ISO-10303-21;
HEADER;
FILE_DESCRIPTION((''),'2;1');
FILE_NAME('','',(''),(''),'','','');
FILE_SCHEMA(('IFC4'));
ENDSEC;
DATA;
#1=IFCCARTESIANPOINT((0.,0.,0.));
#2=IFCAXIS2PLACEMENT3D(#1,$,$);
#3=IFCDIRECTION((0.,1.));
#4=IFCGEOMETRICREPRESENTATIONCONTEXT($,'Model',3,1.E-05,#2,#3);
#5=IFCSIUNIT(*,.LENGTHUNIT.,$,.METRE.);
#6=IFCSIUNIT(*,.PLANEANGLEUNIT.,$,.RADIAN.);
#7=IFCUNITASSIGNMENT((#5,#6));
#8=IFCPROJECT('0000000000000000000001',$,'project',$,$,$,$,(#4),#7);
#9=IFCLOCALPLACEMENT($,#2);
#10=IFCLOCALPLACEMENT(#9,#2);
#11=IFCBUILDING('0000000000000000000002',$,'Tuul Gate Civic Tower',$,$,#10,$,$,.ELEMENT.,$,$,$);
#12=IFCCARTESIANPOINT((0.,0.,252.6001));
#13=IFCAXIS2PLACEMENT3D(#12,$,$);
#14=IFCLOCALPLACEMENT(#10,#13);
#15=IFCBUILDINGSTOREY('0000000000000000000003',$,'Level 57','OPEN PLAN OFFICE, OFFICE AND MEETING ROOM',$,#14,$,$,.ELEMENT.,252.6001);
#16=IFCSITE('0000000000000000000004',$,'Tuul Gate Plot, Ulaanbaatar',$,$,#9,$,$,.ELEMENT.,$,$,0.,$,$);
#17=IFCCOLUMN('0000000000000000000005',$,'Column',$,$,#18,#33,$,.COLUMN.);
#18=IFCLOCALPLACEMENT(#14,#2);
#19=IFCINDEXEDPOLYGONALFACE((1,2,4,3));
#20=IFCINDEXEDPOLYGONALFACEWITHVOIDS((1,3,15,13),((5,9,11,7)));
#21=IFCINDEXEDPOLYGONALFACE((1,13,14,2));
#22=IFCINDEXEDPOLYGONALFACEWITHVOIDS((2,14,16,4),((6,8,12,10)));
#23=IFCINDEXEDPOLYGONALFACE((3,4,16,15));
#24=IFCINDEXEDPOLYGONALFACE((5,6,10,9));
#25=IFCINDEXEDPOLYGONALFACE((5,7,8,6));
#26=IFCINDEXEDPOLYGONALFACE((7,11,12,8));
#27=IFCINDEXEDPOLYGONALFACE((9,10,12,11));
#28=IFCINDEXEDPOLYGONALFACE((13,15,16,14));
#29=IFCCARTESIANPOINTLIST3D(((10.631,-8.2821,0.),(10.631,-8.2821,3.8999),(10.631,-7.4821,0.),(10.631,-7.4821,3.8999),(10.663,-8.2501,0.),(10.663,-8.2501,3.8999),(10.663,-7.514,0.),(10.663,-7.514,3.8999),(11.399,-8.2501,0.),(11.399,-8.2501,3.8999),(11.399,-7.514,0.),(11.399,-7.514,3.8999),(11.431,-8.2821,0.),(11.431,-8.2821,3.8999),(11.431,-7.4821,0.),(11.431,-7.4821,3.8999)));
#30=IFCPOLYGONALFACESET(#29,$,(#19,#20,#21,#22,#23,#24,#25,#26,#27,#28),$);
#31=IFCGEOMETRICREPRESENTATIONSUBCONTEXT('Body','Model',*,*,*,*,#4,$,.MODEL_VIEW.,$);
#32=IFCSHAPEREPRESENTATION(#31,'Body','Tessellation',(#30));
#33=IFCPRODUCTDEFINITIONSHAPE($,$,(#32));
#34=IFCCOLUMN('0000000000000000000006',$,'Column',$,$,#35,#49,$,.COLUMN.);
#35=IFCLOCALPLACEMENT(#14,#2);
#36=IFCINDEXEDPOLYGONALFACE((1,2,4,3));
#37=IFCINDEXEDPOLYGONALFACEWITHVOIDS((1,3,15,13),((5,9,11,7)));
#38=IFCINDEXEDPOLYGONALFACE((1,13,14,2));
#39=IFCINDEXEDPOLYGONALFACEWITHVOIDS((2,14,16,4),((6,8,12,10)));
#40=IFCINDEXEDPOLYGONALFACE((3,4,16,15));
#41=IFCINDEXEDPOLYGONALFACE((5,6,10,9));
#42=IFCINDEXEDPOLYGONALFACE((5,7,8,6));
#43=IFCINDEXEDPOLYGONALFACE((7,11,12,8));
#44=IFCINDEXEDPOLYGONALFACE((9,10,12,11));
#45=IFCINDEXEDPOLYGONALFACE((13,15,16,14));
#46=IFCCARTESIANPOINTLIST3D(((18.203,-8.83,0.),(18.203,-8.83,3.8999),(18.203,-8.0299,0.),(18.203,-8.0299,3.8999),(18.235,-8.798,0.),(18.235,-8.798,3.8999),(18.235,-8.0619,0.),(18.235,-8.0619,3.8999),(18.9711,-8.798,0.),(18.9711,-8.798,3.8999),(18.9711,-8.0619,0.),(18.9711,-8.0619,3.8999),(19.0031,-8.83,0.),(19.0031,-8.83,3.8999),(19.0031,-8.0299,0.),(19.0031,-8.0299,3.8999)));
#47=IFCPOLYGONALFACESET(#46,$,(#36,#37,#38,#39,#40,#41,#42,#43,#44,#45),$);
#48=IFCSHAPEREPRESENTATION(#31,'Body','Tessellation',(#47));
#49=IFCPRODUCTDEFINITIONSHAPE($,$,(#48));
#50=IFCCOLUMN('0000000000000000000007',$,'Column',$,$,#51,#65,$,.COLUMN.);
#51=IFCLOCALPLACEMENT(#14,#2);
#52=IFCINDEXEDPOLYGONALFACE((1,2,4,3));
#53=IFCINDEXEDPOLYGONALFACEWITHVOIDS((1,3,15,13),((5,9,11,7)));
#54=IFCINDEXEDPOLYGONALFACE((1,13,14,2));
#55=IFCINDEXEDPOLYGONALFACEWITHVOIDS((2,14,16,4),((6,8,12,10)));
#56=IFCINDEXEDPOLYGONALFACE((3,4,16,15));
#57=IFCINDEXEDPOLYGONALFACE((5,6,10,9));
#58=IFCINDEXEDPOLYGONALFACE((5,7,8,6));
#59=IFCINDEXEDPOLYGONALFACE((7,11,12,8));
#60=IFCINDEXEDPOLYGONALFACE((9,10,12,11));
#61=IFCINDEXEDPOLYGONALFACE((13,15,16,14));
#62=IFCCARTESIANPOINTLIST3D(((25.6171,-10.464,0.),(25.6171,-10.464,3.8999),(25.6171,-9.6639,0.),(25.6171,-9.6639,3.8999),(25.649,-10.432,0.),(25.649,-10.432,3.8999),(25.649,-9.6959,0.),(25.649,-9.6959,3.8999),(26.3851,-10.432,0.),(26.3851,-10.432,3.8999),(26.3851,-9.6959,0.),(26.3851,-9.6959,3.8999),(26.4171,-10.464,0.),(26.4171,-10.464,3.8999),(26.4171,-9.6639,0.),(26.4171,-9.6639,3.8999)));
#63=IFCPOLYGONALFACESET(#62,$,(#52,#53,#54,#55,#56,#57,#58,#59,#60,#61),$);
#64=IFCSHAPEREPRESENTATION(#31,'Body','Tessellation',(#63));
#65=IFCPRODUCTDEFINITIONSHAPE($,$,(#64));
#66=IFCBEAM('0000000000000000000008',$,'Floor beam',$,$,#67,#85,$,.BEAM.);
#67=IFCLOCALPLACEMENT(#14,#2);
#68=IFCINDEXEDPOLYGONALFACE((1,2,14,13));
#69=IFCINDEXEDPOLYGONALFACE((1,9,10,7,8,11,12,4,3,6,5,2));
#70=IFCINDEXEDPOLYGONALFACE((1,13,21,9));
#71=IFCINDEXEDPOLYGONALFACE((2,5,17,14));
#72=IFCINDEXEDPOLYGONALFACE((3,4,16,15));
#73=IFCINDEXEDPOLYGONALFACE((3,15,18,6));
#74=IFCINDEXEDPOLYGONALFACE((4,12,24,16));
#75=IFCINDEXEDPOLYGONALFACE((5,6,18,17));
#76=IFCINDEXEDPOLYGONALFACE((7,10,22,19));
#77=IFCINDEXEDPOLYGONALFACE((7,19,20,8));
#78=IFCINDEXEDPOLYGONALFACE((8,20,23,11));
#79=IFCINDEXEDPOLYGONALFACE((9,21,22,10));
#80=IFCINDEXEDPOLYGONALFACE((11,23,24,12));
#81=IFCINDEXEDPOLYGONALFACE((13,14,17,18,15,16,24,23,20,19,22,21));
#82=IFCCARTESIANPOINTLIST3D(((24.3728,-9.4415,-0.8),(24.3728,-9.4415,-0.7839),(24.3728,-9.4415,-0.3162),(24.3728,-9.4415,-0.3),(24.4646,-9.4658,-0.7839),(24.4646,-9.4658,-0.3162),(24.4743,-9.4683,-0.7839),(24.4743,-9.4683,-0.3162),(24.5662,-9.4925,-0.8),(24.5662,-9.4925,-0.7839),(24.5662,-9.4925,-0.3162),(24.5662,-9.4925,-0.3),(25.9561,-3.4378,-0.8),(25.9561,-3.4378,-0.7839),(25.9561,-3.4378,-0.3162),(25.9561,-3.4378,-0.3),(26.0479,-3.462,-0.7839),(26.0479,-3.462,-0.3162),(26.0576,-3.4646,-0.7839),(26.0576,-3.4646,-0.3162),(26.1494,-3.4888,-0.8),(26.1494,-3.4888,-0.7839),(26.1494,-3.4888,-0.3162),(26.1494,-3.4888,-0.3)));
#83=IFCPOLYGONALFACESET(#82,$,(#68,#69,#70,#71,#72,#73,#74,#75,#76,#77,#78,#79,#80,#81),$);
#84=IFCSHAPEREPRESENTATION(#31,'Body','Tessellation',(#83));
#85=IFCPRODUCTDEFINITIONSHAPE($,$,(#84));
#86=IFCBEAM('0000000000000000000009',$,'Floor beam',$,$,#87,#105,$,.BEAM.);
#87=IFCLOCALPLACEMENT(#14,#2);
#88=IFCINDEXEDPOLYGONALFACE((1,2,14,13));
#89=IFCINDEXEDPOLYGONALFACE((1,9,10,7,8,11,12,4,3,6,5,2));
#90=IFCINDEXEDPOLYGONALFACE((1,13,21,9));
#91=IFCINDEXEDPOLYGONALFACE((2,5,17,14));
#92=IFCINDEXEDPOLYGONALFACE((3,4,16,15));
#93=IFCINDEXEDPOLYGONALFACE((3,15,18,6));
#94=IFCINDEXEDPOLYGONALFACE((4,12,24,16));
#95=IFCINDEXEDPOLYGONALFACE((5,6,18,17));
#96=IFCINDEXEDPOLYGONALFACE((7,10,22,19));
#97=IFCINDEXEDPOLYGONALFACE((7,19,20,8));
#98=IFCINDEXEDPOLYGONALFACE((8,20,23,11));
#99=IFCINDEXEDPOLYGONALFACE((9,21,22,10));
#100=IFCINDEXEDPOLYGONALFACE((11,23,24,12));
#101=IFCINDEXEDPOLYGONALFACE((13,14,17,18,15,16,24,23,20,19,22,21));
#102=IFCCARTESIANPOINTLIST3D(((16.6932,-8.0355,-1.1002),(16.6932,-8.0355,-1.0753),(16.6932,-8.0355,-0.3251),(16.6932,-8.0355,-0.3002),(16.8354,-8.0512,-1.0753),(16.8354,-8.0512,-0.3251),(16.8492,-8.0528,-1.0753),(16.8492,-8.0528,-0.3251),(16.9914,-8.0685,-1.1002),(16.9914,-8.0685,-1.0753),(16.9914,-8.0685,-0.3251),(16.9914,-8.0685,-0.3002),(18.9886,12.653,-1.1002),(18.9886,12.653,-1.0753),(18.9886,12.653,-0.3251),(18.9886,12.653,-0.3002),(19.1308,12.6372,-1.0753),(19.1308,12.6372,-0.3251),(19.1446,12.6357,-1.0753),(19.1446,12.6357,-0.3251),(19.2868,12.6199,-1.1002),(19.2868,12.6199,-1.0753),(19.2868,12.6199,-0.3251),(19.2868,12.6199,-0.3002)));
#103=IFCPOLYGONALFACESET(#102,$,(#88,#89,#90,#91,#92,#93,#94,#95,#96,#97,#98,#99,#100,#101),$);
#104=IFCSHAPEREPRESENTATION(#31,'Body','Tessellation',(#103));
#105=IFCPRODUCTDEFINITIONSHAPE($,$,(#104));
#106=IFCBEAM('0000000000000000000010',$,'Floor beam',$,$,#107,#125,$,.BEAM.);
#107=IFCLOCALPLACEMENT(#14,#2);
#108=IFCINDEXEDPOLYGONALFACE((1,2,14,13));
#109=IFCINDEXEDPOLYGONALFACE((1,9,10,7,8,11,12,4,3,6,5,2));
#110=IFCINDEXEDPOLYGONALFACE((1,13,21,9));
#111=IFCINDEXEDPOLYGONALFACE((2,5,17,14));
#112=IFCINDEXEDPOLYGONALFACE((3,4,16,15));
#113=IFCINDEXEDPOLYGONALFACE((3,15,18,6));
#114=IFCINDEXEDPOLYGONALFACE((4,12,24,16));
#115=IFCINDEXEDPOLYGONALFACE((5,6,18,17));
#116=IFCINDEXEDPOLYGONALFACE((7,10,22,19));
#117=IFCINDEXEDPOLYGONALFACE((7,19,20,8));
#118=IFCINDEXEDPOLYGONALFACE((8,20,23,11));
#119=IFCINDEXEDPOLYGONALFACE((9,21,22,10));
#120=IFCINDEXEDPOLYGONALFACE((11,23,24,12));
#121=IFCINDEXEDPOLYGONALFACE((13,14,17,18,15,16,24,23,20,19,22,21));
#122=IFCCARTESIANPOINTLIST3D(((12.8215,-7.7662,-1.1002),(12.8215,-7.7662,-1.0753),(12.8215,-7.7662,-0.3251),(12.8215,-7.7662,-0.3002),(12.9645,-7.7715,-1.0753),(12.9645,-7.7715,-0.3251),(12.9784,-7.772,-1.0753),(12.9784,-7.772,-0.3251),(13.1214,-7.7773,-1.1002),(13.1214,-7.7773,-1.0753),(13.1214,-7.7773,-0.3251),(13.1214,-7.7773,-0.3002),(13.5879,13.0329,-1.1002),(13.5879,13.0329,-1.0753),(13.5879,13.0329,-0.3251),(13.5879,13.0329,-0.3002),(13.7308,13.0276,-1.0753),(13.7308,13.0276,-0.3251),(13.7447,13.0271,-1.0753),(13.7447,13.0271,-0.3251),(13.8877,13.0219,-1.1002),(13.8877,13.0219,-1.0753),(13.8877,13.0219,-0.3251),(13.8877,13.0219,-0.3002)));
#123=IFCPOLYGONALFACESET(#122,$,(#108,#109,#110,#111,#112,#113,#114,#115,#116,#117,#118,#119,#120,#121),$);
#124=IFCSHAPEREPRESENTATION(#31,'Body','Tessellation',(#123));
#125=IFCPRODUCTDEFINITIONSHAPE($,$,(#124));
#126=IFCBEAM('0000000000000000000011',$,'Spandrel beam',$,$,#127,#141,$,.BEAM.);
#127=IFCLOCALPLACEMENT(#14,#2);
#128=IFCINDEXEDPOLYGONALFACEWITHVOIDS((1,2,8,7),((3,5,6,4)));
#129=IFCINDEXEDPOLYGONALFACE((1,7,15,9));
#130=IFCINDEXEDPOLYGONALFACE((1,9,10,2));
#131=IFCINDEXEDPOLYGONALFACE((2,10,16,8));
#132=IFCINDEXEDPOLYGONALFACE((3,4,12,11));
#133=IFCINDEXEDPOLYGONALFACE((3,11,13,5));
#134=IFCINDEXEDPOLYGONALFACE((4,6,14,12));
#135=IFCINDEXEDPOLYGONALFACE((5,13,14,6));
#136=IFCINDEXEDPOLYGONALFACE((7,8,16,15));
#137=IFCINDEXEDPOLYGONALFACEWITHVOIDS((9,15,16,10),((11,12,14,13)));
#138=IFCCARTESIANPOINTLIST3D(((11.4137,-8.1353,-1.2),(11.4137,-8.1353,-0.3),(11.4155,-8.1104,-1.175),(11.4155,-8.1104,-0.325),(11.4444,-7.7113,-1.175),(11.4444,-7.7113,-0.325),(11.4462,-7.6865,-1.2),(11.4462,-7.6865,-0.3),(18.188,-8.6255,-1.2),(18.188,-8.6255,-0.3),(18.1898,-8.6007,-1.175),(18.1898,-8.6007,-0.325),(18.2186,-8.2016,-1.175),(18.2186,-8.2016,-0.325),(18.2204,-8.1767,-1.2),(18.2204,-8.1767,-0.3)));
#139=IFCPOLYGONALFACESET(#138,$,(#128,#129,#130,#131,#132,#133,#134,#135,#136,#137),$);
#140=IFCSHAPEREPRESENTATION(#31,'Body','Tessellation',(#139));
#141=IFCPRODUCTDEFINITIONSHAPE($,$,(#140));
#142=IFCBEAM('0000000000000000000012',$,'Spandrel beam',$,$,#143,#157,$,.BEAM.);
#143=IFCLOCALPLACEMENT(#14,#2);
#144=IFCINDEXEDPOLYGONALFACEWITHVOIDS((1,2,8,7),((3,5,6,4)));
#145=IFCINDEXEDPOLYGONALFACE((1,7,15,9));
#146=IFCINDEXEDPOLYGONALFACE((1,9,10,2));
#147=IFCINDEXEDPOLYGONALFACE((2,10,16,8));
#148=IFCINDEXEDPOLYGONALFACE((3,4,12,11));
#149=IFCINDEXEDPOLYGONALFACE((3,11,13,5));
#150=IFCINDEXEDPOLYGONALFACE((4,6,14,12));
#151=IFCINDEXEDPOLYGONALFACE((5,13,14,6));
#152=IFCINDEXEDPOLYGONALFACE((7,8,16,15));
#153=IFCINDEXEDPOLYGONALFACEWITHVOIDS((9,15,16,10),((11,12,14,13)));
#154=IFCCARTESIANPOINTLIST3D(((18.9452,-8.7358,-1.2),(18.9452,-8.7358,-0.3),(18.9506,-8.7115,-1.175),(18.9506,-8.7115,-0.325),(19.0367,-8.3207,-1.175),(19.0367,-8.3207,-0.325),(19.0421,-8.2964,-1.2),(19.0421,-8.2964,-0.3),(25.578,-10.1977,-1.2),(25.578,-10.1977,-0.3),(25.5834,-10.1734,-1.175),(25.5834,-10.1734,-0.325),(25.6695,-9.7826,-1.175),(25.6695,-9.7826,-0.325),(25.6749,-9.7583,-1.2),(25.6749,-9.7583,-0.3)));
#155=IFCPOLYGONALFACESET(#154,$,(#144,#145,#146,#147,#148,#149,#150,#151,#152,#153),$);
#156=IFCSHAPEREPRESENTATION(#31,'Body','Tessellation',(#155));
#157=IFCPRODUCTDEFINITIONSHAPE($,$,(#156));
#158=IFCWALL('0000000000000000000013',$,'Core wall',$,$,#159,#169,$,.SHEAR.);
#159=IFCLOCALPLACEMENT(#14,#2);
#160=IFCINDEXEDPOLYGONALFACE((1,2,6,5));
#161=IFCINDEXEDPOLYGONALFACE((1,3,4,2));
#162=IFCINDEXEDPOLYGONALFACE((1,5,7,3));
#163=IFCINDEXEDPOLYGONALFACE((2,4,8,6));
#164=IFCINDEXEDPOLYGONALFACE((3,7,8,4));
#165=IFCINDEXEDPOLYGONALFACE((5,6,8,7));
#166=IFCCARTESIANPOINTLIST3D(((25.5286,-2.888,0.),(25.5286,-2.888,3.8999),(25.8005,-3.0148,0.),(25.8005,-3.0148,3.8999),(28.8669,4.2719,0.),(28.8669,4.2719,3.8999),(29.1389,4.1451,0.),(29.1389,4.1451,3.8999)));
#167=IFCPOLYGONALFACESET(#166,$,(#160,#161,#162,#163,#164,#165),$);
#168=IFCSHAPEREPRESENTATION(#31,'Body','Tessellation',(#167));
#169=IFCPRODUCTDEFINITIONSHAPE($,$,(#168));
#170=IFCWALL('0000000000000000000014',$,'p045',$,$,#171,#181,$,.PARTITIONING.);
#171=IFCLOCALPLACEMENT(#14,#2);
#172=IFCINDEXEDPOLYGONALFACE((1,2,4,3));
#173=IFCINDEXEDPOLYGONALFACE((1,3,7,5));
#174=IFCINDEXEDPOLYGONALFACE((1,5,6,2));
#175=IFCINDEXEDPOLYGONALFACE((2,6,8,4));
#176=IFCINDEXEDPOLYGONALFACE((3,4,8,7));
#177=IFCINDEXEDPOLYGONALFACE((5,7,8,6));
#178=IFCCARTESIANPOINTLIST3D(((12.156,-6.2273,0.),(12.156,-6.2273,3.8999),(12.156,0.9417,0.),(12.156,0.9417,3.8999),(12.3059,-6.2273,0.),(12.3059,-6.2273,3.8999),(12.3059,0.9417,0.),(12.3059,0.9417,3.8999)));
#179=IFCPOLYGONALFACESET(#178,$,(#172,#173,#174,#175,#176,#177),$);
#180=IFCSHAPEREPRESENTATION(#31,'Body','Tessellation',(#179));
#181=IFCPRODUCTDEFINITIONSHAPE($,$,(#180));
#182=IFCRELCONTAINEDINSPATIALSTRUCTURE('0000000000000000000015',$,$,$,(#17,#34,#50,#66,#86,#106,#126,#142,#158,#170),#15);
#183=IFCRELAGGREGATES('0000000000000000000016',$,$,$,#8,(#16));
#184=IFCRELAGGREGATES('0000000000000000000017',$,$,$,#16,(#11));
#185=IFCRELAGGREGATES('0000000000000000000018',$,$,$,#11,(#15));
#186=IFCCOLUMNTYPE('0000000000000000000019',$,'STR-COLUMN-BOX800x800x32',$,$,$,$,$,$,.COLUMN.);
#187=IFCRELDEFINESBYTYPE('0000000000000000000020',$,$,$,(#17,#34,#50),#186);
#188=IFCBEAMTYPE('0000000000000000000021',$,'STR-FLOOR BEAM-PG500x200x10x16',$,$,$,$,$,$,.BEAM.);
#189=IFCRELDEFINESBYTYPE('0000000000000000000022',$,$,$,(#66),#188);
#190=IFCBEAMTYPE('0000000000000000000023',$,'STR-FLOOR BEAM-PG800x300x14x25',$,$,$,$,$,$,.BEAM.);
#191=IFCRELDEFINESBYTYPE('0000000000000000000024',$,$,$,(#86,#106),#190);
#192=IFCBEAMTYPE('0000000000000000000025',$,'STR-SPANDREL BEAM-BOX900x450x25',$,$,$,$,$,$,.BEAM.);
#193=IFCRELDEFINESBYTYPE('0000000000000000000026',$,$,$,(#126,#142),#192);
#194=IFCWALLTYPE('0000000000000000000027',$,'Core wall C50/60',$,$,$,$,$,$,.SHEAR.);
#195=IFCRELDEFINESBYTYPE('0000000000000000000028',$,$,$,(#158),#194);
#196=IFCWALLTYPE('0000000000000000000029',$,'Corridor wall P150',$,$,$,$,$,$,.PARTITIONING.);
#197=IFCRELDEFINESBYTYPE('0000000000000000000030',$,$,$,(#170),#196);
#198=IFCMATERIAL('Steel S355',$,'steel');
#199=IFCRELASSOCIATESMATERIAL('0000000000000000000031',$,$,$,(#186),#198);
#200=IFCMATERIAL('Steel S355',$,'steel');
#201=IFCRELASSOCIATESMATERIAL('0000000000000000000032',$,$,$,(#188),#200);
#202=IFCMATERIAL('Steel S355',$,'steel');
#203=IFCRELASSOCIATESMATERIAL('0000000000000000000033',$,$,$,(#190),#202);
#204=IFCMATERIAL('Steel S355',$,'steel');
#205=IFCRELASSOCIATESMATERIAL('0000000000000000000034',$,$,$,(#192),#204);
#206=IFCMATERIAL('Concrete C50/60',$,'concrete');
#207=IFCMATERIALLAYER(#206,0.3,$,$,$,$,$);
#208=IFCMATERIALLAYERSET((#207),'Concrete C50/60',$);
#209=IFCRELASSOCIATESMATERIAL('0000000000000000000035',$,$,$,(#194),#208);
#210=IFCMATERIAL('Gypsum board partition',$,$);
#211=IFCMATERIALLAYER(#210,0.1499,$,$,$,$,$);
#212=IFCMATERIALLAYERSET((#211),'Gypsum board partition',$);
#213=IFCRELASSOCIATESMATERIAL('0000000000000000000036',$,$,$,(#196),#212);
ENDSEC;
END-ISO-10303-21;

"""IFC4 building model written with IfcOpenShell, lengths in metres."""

from ifc_helpers import new_model, si_unit, direction, frame, frame_2d, origin, origin_2d, place, context, subcontext, project, spatial, rectangle, hollow_rectangle, i_section, extrude, material, layer, layer_set, material_profile, profile_set, type_object, element, save


model = new_model("IFC4")

# Units and contexts
model_context = context("Model", 3, precision=1e-05, world=origin(), true_north=direction((0.0, 1.0)))
body_context = subcontext(model_context, "Body", "Model", "MODEL_VIEW")
ifc_project = project(units=[si_unit("LENGTHUNIT", "METRE"), si_unit("PLANEANGLEUNIT", "RADIAN")], contexts=[model_context])

# Site, building, storey
site_placement = place(None, origin())
site = spatial("IfcSite", under=ifc_project, at=site_placement, Name="Tuul Gate Plot, Ulaanbaatar", CompositionType="ELEMENT", RefElevation=0.0)
building_placement = place(site_placement, origin())
building = spatial("IfcBuilding", under=site, at=building_placement, Name="Tuul Gate Civic Tower", CompositionType="ELEMENT")
storey_placement = place(building_placement, frame((0.0, 0.0, 252.6001)))
storey = spatial("IfcBuildingStorey", under=building, at=storey_placement, Name="Level 57", Description="OPEN PLAN OFFICE, OFFICE AND MEETING ROOM", CompositionType="ELEMENT", Elevation=252.6001)

# Columns
ifc_material_1 = material(Name="Steel S355", Category="steel")
ifc_material_profile_1 = material_profile(ifc_material_1, hollow_rectangle(XDim=0.8, YDim=0.8, WallThickness=0.032, at=origin_2d()), Name="BOX800x800x32")
ifc_profile_set_1 = profile_set([ifc_material_profile_1], Name="Steel S355")
column_type = type_object("IfcColumnType", Name="STR-COLUMN-BOX800x800x32", PredefinedType="COLUMN", material=ifc_profile_set_1)
for number, where, z_axis, x_axis, name in (
    (1, (11.031, -7.8821, 0.0), (0.0, 0.0, 1.0), (1.0, 0.0, 0.0), "Column"),
    (2, (18.603, -8.4299, 0.0), (0.0, 0.0, 1.0), (1.0, 0.0, 0.0), "Column"),
    (3, (26.0171, -10.064, 0.0), (0.0, 0.0, 1.0), (1.0, 0.0, 0.0), "Column"),
):
    element("IfcColumn", number, at=place(storey_placement, frame(where, z_axis=z_axis, x_axis=x_axis)), inside=storey, type_object=column_type, Name=name, PredefinedType="COLUMN", context=body_context, shape_type="SweptSolid", body=[
        extrude(hollow_rectangle(XDim=0.8, YDim=0.8, WallThickness=0.032, at=origin_2d()), origin(), (0.0, 0.0, 1.0), 3.8999),
    ])

# Beams
ifc_material_2 = material(Name="Steel S355", Category="steel")
ifc_material_profile_2 = material_profile(ifc_material_2, i_section(OverallWidth=0.2, OverallDepth=0.5, WebThickness=0.01, FlangeThickness=0.0161, at=origin_2d()), Name="PG500x200x10x16")
ifc_profile_set_2 = profile_set([ifc_material_profile_2], Name="Steel S355")
beam_type_1 = type_object("IfcBeamType", Name="STR-FLOOR BEAM-PG500x200x10x16", PredefinedType="BEAM", material=ifc_profile_set_2)
beam_1_placement = place(storey_placement, frame((24.4695, -9.467, -0.55), z_axis=(0.254996, 0.966942, 0.0), x_axis=(-0.966942, 0.254996, 0.0)))
element("IfcBeam", 4, at=beam_1_placement, inside=storey, type_object=beam_type_1, Name="Floor beam", PredefinedType="BEAM", context=body_context, shape_type="SweptSolid", body=[
    extrude(i_section(OverallWidth=0.2, OverallDepth=0.5, WebThickness=0.01, FlangeThickness=0.0161, at=origin_2d()), origin(), (0.0, 0.0, 1.0), 6.209),
])
ifc_material_3 = material(Name="Steel S355", Category="steel")
ifc_material_profile_3 = material_profile(ifc_material_3, i_section(OverallWidth=0.3, OverallDepth=0.8, WebThickness=0.0139, FlangeThickness=0.0249, at=origin_2d()), Name="PG800x300x14x25")
ifc_profile_set_3 = profile_set([ifc_material_profile_3], Name="Steel S355")
beam_type_2 = type_object("IfcBeamType", Name="STR-FLOOR BEAM-PG800x300x14x25", PredefinedType="BEAM", material=ifc_profile_set_3)
beam_2_placement = place(storey_placement, frame((16.8423, -8.052, -0.7002), z_axis=(0.110274, 0.993901, 0.0), x_axis=(-0.993901, 0.110274, 0.0)))
element("IfcBeam", 5, at=beam_2_placement, inside=storey, type_object=beam_type_2, Name="Floor beam", PredefinedType="BEAM", context=body_context, shape_type="SweptSolid", body=[
    extrude(i_section(OverallWidth=0.3, OverallDepth=0.8, WebThickness=0.0139, FlangeThickness=0.0249, at=origin_2d()), origin(), (0.0, 0.0, 1.0), 20.8154),
])
beam_3_placement = place(storey_placement, frame((12.9714, -7.7717, -0.7002), z_axis=(0.036821, 0.999322, 0.0), x_axis=(-0.999322, 0.036821, 0.0)))
element("IfcBeam", 6, at=beam_3_placement, inside=storey, type_object=beam_type_2, Name="Floor beam", PredefinedType="BEAM", context=body_context, shape_type="SweptSolid", body=[
    extrude(i_section(OverallWidth=0.3, OverallDepth=0.8, WebThickness=0.0139, FlangeThickness=0.0249, at=origin_2d()), origin(), (0.0, 0.0, 1.0), 20.8132),
])
ifc_material_4 = material(Name="Steel S355", Category="steel")
ifc_material_profile_4 = material_profile(ifc_material_4, hollow_rectangle(XDim=0.45, YDim=0.8999, WallThickness=0.0249, at=origin_2d()), Name="BOX900x450x25")
ifc_profile_set_4 = profile_set([ifc_material_profile_4], Name="Steel S355")
beam_type_3 = type_object("IfcBeamType", Name="STR-SPANDREL BEAM-BOX900x450x25", PredefinedType="BEAM", material=ifc_profile_set_4)
for number, where, z_axis, x_axis, name in (
    (7, (11.4299, -7.9109, -0.75), (0.997392, -0.072179, 0.0), (0.072179, 0.997392, 0.0), "Spandrel beam"),
    (8, (18.9937, -8.5161, -0.75), (0.976561, -0.21524, 0.0), (0.21524, 0.976561, 0.0), "Spandrel beam"),
):
    element("IfcBeam", number, at=place(storey_placement, frame(where, z_axis=z_axis, x_axis=x_axis)), inside=storey, type_object=beam_type_3, Name=name, PredefinedType="BEAM", context=body_context, shape_type="SweptSolid", body=[
        extrude(hollow_rectangle(XDim=0.45, YDim=0.8999, WallThickness=0.0249, at=origin_2d()), origin(), (0.0, 0.0, 1.0), 6.792),
    ])

# Walls
ifc_material_5 = material(Name="Concrete C50/60", Category="concrete")
ifc_layer_1 = layer(ifc_material_5, 0.3)
ifc_layer_set_1 = layer_set([ifc_layer_1], Name="Concrete C50/60")
wall_type_1 = type_object("IfcWallType", Name="Core wall C50/60", PredefinedType="SHEAR", material=ifc_layer_set_1)
wall_1_placement = place(storey_placement, frame((25.6646, -2.9514, 0.0), z_axis=(0.0, 0.0, 1.0), x_axis=(0.422583, 0.906324, 0.0)))
element("IfcWall", 9, at=wall_1_placement, inside=storey, type_object=wall_type_1, Name="Core wall", PredefinedType="SHEAR", context=body_context, shape_type="SweptSolid", body=[
    extrude(rectangle(XDim=7.8999, YDim=0.3, at=frame_2d((3.95, 0.0))), origin(), (0.0, 0.0, 1.0), 3.8999),
])
ifc_material_6 = material(Name="Gypsum board partition")
ifc_layer_2 = layer(ifc_material_6, 0.1499)
ifc_layer_set_2 = layer_set([ifc_layer_2], Name="Gypsum board partition")
wall_type_2 = type_object("IfcWallType", Name="Corridor wall P150", PredefinedType="PARTITIONING", material=ifc_layer_set_2)
wall_2_placement = place(storey_placement, frame((12.231, -6.2273, 0.0), z_axis=(0.0, 0.0, 1.0), x_axis=(0.0, 1.0, 0.0)))
element("IfcWall", 10, at=wall_2_placement, inside=storey, type_object=wall_type_2, Name="p045", PredefinedType="PARTITIONING", context=body_context, shape_type="SweptSolid", body=[
    extrude(rectangle(XDim=7.1689, YDim=0.1499, at=frame_2d((3.5845, 0.0))), origin(), (0.0, 0.0, 1.0), 3.8999),
])

save(model, "model.ifc")
